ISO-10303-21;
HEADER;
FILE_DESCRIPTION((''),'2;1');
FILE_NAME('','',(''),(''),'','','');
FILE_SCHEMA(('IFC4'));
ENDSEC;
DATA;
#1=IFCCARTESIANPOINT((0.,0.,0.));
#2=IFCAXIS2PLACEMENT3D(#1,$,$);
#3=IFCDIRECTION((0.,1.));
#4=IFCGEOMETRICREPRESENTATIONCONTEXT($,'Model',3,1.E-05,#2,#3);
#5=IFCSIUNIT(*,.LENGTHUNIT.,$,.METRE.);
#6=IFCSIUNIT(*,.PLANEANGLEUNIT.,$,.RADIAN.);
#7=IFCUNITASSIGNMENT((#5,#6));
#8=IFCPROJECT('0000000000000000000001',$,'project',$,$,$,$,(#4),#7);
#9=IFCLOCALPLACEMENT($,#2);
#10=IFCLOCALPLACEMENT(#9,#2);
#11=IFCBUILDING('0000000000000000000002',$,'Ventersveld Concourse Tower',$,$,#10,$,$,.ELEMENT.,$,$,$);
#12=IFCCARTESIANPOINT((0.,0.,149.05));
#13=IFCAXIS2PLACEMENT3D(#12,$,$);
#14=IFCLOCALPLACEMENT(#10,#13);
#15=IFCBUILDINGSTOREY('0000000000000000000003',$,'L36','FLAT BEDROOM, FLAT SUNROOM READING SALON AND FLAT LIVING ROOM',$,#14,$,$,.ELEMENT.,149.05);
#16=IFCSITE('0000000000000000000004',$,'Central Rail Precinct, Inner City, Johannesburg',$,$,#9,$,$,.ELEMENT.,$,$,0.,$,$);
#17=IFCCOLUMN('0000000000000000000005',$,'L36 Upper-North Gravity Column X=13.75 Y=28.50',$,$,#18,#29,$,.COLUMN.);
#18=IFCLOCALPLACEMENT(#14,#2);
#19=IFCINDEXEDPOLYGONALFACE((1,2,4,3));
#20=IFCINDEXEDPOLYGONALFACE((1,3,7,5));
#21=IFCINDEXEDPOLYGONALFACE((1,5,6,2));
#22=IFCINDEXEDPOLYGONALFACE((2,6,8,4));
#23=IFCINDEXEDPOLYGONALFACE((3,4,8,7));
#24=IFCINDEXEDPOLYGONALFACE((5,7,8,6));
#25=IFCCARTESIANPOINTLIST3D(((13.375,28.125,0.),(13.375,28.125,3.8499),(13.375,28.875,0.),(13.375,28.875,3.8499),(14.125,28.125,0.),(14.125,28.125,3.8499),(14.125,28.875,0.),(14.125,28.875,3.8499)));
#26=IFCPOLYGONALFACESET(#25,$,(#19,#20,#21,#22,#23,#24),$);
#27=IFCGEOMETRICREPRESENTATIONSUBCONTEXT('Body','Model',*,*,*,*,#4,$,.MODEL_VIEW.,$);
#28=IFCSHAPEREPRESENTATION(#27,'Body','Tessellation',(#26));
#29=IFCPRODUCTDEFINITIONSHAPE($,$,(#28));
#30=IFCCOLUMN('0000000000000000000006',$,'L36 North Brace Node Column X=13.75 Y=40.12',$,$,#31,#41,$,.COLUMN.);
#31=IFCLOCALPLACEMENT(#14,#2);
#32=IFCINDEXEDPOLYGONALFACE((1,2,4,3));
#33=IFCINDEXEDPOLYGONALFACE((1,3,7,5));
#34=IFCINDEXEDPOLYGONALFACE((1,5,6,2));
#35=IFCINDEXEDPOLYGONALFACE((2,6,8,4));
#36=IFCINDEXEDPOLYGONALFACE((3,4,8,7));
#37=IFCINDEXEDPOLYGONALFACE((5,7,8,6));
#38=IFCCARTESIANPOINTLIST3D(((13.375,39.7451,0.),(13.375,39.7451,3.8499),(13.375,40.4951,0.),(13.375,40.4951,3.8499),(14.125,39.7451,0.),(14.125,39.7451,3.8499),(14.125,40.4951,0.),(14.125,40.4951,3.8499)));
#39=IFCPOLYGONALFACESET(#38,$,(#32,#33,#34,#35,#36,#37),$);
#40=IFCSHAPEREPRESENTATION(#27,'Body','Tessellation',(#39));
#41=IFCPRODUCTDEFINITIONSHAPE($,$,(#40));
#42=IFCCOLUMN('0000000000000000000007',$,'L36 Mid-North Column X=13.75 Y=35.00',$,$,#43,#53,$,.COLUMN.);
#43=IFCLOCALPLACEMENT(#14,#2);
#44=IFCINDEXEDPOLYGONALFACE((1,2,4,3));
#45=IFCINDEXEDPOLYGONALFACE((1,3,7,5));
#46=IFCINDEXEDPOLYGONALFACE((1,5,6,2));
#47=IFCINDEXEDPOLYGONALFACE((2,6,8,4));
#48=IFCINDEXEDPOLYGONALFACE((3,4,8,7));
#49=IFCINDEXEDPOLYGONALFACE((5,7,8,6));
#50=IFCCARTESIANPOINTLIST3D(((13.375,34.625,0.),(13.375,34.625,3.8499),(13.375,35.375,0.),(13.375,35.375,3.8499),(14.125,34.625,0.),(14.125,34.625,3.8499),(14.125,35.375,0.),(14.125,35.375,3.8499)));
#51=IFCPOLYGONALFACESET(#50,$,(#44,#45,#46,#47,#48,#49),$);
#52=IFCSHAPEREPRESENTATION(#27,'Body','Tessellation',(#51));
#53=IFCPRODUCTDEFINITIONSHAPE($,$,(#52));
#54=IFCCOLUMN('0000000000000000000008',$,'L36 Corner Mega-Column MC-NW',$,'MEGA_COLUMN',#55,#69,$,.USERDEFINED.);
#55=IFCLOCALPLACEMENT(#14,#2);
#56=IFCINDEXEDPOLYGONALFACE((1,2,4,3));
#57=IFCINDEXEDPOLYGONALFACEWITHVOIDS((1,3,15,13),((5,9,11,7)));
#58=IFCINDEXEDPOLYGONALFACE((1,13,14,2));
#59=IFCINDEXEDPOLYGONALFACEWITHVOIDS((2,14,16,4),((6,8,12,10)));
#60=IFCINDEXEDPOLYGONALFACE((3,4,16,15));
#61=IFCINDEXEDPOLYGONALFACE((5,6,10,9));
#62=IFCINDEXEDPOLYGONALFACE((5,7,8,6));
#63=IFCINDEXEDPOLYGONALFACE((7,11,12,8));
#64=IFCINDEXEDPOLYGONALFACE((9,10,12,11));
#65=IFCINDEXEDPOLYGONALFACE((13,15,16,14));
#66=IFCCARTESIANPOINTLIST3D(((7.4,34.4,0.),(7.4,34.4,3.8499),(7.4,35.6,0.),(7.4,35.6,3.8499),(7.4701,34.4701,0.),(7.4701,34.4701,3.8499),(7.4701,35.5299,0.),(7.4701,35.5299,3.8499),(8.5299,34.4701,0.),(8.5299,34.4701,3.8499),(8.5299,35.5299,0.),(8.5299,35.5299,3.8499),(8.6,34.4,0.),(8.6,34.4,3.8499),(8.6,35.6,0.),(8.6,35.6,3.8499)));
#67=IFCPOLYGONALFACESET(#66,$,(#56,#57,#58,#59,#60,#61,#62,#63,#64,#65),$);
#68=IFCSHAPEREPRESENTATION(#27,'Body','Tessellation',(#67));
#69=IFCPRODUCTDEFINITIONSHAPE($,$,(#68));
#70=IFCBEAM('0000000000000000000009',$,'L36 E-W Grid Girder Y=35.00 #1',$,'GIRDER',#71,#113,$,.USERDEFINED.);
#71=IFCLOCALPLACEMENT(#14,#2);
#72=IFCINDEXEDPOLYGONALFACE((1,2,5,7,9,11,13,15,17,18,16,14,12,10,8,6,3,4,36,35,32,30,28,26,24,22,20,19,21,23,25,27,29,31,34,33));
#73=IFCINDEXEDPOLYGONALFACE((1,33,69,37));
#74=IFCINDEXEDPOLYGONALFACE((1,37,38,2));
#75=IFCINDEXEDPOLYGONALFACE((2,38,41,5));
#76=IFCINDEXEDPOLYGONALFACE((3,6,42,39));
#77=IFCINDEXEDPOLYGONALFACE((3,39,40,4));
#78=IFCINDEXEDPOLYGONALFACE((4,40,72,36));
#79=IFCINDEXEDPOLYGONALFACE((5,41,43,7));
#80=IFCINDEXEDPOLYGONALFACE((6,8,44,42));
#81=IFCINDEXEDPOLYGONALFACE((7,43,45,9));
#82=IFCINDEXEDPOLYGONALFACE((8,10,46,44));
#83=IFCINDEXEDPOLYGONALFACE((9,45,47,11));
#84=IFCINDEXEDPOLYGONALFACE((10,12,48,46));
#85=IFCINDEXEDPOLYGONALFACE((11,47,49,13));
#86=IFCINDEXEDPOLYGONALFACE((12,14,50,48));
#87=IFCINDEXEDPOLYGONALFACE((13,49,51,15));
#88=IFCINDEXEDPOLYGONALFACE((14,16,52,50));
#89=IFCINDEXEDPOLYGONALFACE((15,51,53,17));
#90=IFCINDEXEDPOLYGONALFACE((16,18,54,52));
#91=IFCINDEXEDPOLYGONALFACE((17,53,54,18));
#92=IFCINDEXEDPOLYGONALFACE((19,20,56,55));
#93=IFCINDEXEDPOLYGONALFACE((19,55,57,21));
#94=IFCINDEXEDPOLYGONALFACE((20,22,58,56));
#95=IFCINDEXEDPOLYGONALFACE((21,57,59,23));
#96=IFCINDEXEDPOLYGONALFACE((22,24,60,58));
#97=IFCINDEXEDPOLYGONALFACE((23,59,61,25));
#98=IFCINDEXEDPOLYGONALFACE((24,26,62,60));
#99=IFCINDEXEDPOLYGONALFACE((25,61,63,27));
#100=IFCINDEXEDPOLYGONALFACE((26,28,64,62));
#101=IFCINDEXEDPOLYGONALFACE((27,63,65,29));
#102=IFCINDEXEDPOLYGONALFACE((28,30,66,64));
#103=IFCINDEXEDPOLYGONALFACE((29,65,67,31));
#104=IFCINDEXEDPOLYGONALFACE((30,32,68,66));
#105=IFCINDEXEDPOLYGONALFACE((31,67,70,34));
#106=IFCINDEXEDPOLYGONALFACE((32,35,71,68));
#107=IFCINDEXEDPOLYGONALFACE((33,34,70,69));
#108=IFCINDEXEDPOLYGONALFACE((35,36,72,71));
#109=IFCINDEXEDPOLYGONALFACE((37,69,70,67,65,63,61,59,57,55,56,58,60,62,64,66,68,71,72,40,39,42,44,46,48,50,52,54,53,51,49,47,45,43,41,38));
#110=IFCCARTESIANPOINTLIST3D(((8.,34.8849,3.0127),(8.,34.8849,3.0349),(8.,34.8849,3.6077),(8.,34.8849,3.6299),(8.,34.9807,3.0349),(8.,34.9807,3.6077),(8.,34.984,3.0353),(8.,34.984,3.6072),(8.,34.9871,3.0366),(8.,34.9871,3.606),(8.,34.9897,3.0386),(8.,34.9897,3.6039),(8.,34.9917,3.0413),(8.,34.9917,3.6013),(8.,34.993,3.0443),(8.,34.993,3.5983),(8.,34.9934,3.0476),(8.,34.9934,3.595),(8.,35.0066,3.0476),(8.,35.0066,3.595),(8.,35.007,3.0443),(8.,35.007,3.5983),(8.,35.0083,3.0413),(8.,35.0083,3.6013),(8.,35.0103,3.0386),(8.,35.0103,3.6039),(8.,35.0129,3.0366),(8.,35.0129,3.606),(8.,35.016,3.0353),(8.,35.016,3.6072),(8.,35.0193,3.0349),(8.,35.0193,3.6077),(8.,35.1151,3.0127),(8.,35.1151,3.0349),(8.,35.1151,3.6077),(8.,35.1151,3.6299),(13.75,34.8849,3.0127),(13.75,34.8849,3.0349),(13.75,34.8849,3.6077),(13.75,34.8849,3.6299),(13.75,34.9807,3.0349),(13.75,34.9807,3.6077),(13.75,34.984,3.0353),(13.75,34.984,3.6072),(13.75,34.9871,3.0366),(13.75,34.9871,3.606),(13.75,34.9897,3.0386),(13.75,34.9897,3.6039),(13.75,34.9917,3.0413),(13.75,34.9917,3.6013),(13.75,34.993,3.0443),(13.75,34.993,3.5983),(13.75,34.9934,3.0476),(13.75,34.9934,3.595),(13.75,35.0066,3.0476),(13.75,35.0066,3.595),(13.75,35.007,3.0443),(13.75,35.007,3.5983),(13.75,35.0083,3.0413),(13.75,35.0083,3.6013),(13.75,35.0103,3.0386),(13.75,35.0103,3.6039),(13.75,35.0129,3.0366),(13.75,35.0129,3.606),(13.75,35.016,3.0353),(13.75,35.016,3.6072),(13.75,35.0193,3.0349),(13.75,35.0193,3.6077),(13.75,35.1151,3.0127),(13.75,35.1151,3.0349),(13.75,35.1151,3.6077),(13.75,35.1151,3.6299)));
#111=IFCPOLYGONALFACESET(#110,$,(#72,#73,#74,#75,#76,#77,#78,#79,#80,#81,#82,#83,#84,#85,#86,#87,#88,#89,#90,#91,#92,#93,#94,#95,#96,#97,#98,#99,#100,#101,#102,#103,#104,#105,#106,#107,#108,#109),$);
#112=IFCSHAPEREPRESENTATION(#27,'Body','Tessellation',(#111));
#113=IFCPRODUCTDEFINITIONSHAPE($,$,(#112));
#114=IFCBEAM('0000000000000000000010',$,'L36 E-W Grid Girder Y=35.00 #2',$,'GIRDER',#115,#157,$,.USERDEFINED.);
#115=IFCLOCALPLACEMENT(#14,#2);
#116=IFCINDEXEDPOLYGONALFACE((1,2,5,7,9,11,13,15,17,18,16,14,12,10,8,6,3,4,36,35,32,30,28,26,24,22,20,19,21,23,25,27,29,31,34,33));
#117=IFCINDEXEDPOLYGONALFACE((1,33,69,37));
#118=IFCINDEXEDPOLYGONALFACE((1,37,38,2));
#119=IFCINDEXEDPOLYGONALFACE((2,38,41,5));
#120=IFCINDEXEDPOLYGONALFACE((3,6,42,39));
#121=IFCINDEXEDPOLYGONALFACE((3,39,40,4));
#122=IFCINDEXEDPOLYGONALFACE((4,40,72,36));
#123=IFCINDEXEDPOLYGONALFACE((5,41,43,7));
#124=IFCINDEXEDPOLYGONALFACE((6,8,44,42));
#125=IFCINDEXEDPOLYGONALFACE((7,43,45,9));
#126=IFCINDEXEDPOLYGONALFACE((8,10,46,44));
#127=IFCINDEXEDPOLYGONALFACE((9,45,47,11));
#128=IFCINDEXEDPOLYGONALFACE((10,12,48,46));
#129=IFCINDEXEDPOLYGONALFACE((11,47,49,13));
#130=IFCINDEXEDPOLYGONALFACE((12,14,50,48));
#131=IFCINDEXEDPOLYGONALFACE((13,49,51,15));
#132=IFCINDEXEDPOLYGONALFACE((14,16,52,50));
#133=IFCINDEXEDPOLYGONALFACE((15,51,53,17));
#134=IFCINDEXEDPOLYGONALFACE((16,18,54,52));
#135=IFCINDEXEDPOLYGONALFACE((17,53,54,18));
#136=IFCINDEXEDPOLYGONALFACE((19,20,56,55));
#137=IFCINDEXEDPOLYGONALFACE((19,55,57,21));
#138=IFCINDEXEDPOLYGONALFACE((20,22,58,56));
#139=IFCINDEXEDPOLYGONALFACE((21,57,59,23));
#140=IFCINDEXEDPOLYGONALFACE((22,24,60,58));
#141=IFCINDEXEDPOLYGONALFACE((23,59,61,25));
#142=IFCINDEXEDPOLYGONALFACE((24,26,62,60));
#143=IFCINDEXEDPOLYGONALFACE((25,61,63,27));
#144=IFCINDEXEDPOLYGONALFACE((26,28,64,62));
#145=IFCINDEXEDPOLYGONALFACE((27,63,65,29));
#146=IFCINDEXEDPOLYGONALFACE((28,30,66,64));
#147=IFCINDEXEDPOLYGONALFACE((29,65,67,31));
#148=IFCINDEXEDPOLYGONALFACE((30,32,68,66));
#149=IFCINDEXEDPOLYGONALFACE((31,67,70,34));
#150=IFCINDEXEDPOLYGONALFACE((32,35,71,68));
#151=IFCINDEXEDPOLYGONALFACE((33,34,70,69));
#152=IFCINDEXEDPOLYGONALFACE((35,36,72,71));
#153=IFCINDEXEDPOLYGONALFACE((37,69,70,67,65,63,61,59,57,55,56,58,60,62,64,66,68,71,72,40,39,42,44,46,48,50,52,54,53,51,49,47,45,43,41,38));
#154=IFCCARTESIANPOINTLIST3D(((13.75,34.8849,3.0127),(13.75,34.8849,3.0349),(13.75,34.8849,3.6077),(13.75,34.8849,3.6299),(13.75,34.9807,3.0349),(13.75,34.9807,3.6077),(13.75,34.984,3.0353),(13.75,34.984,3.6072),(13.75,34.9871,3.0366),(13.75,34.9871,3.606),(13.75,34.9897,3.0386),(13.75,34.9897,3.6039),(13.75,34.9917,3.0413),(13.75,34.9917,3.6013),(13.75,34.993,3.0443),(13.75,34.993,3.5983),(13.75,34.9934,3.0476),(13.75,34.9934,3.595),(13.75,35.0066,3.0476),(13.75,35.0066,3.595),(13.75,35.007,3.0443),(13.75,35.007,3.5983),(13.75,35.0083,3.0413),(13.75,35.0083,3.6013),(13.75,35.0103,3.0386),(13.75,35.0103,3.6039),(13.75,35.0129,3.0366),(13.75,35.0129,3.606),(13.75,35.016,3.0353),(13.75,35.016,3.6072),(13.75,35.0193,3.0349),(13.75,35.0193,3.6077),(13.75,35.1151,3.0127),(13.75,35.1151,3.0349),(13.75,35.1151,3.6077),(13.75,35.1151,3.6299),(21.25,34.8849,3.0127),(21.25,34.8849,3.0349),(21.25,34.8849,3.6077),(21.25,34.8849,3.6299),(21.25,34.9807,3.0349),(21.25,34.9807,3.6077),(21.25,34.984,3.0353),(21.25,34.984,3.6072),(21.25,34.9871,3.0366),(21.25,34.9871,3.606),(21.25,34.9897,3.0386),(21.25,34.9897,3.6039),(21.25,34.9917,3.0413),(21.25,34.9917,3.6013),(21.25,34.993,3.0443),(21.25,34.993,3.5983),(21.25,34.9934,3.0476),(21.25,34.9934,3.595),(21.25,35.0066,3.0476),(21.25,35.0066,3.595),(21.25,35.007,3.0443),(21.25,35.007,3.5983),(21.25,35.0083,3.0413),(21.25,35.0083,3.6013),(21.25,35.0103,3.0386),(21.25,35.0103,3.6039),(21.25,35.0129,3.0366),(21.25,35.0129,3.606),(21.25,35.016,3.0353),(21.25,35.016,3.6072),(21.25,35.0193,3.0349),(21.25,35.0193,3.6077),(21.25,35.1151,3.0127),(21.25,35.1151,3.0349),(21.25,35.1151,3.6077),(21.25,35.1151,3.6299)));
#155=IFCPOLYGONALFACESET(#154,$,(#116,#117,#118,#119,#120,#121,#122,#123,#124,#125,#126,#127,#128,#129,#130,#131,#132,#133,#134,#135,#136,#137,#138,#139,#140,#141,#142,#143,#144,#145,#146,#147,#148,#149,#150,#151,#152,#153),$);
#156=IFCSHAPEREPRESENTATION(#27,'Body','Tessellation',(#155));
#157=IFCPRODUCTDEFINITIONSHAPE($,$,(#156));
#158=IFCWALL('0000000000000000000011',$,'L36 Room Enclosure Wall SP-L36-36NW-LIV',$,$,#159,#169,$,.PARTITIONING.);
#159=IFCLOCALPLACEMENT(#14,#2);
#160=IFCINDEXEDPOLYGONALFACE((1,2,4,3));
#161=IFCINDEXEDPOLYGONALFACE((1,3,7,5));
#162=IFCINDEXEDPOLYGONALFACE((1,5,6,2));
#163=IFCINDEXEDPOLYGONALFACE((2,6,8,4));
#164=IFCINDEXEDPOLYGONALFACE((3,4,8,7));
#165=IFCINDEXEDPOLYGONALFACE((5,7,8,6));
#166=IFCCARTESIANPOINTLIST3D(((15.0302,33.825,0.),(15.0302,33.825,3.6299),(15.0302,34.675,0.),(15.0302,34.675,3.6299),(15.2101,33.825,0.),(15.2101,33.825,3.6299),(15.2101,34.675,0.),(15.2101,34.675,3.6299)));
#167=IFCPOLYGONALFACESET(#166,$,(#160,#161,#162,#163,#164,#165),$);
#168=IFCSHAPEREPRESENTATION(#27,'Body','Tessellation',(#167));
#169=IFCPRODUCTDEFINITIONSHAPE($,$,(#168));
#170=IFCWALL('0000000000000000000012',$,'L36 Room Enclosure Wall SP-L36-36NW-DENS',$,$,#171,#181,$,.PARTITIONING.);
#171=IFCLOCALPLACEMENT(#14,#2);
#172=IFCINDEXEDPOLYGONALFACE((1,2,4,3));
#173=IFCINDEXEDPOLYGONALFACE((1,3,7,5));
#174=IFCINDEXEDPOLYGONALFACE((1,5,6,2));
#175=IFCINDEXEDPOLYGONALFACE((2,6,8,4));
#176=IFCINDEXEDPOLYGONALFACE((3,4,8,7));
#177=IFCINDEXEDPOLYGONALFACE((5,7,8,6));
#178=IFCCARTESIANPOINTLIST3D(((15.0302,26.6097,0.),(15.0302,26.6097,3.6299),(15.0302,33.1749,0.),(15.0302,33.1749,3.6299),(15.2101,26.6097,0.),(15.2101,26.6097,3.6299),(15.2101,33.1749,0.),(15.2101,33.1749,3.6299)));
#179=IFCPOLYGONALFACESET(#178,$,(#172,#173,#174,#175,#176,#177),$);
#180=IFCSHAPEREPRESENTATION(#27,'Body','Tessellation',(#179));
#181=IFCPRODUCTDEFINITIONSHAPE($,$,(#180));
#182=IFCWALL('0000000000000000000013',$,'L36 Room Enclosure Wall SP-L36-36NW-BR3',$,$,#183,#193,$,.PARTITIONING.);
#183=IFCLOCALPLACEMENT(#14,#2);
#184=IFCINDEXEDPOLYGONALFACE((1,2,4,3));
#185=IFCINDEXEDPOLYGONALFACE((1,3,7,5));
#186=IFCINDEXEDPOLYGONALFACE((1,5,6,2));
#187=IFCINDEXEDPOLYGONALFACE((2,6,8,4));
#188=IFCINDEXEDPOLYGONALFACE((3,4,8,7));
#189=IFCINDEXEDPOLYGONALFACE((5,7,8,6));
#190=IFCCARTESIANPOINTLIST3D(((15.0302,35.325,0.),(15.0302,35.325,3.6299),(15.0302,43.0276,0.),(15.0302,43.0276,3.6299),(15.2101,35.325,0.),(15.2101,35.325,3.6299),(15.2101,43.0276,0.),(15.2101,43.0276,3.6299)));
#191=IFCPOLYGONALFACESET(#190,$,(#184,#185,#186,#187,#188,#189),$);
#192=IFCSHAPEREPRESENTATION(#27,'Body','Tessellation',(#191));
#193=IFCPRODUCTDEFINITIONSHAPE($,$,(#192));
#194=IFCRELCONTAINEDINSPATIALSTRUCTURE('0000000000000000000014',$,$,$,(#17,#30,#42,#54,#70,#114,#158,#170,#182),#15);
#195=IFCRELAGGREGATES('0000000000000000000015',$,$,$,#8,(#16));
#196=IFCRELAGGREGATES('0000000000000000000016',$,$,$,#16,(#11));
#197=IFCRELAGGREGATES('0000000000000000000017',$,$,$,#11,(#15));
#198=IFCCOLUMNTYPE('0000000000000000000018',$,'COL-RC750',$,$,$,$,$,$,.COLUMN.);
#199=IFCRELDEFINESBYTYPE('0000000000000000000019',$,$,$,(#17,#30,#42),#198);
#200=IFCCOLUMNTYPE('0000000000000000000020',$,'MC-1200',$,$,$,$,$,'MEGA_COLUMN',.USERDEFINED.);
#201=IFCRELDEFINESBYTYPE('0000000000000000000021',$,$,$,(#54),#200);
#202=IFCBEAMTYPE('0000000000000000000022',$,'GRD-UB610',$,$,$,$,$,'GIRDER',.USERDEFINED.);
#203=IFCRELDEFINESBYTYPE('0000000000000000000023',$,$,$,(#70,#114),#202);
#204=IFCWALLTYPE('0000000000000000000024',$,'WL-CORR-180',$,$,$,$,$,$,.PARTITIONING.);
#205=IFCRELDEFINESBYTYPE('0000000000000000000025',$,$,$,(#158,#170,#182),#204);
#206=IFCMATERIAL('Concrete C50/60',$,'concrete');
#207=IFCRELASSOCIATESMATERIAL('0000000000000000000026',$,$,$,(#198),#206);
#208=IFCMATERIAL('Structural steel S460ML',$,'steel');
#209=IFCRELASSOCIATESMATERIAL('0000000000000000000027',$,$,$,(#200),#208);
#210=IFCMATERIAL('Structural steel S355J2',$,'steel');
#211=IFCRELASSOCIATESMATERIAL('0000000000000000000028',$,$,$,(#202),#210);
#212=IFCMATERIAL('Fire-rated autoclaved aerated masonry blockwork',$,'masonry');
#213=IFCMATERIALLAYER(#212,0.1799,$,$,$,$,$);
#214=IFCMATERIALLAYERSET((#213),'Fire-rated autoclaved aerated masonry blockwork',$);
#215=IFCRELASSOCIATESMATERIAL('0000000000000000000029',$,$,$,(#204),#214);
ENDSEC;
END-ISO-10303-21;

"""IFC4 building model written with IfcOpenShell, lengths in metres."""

from ifc_helpers import new_model, si_unit, direction, frame, frame_2d, origin, origin_2d, place, context, subcontext, project, spatial, rectangle, hollow_rectangle, i_section, extrude, material, layer, layer_set, material_profile, profile_set, type_object, element, save


model = new_model("IFC4")

# Units and contexts
model_context = context("Model", 3, precision=1e-05, world=origin(), true_north=direction((0.0, 1.0)))
body_context = subcontext(model_context, "Body", "Model", "MODEL_VIEW")
ifc_project = project(units=[si_unit("LENGTHUNIT", "METRE"), si_unit("PLANEANGLEUNIT", "RADIAN")], contexts=[model_context])

# Site, building, storey
site_placement = place(None, origin())
site = spatial("IfcSite", under=ifc_project, at=site_placement, Name="Central Rail Precinct, Inner City, Johannesburg", CompositionType="ELEMENT", RefElevation=0.0)
building_placement = place(site_placement, origin())
building = spatial("IfcBuilding", under=site, at=building_placement, Name="Ventersveld Concourse Tower", CompositionType="ELEMENT")
storey_placement = place(building_placement, frame((0.0, 0.0, 149.05)))
storey = spatial("IfcBuildingStorey", under=building, at=storey_placement, Name="L36", Description="FLAT BEDROOM, FLAT SUNROOM READING SALON AND FLAT LIVING ROOM", CompositionType="ELEMENT", Elevation=149.05)

# Columns
ifc_material_1 = material(Name="Concrete C50/60", Category="concrete")
ifc_material_profile_1 = material_profile(ifc_material_1, rectangle(XDim=0.75, YDim=0.75, at=origin_2d()), Name="RC 750x750")
ifc_profile_set_1 = profile_set([ifc_material_profile_1], Name="Concrete C50/60")
column_type_1 = type_object("IfcColumnType", Name="COL-RC750", PredefinedType="COLUMN", material=ifc_profile_set_1)
for number, where, z_axis, x_axis, name in (
    (1, (13.75, 28.5, 0.0), (0.0, 0.0, 1.0), (1.0, 0.0, 0.0), "L36 Upper-North Gravity Column X=13.75 Y=28.50"),
    (2, (13.75, 40.1201, 0.0), (0.0, 0.0, 1.0), (1.0, 0.0, 0.0), "L36 North Brace Node Column X=13.75 Y=40.12"),
    (3, (13.75, 35.0, 0.0), (0.0, 0.0, 1.0), (1.0, 0.0, 0.0), "L36 Mid-North Column X=13.75 Y=35.00"),
):
    element("IfcColumn", number, at=place(storey_placement, frame(where, z_axis=z_axis, x_axis=x_axis)), inside=storey, type_object=column_type_1, Name=name, PredefinedType="COLUMN", context=body_context, shape_type="SweptSolid", body=[
        extrude(rectangle(XDim=0.75, YDim=0.75, at=origin_2d()), origin(), (0.0, 0.0, 1.0), 3.8499),
    ])
ifc_material_2 = material(Name="Structural steel S460ML", Category="steel")
ifc_material_profile_2 = material_profile(ifc_material_2, hollow_rectangle(XDim=1.2, YDim=1.2, WallThickness=0.0701, at=origin_2d()), Name="BOX 1200x1200x70")
ifc_profile_set_2 = profile_set([ifc_material_profile_2], Name="Structural steel S460ML")
column_type_2 = type_object("IfcColumnType", Name="MC-1200", ElementType="MEGA_COLUMN", PredefinedType="USERDEFINED", material=ifc_profile_set_2)
column_placement = place(storey_placement, frame((8.0, 35.0, 0.0), z_axis=(0.0, 0.0, 1.0), x_axis=(1.0, 0.0, 0.0)))
element("IfcColumn", 4, at=column_placement, inside=storey, type_object=column_type_2, Name="L36 Corner Mega-Column MC-NW", ObjectType="MEGA_COLUMN", PredefinedType="USERDEFINED", context=body_context, shape_type="SweptSolid", body=[
    extrude(hollow_rectangle(XDim=1.2, YDim=1.2, WallThickness=0.0701, at=origin_2d()), origin(), (0.0, 0.0, 1.0), 3.8499),
])

# Beams
ifc_material_3 = material(Name="Structural steel S355J2", Category="steel")
ifc_material_profile_3 = material_profile(ifc_material_3, i_section(OverallWidth=0.2302, OverallDepth=0.6172, WebThickness=0.0132, FlangeThickness=0.0222, FilletRadius=0.0127, at=origin_2d()), Name="UB 610x229x140")
ifc_profile_set_3 = profile_set([ifc_material_profile_3], Name="Structural steel S355J2")
beam_type = type_object("IfcBeamType", Name="GRD-UB610", ElementType="GIRDER", PredefinedType="USERDEFINED", material=ifc_profile_set_3)
beam_1_placement = place(storey_placement, frame((8.0, 35.0, 3.3213), z_axis=(1.0, 0.0, 0.0), x_axis=(0.0, 1.0, 0.0)))
element("IfcBeam", 5, at=beam_1_placement, inside=storey, type_object=beam_type, Name="L36 E-W Grid Girder Y=35.00 #1", ObjectType="GIRDER", PredefinedType="USERDEFINED", context=body_context, shape_type="SweptSolid", body=[
    extrude(i_section(OverallWidth=0.2302, OverallDepth=0.6172, WebThickness=0.0132, FlangeThickness=0.0222, FilletRadius=0.0127, at=origin_2d()), origin(), (0.0, 0.0, 1.0), 5.75),
])
beam_2_placement = place(storey_placement, frame((13.75, 35.0, 3.3213), z_axis=(1.0, 0.0, 0.0), x_axis=(0.0, 1.0, 0.0)))
element("IfcBeam", 6, at=beam_2_placement, inside=storey, type_object=beam_type, Name="L36 E-W Grid Girder Y=35.00 #2", ObjectType="GIRDER", PredefinedType="USERDEFINED", context=body_context, shape_type="SweptSolid", body=[
    extrude(i_section(OverallWidth=0.2302, OverallDepth=0.6172, WebThickness=0.0132, FlangeThickness=0.0222, FilletRadius=0.0127, at=origin_2d()), origin(), (0.0, 0.0, 1.0), 7.5),
])

# Walls
ifc_material_4 = material(Name="Fire-rated autoclaved aerated masonry blockwork", Category="masonry")
ifc_layer_1 = layer(ifc_material_4, 0.1799)
ifc_layer_set_1 = layer_set([ifc_layer_1], Name="Fire-rated autoclaved aerated masonry blockwork")
wall_type_1 = type_object("IfcWallType", Name="WL-CORR-180", PredefinedType="PARTITIONING", material=ifc_layer_set_1)
wall_1_placement = place(storey_placement, frame((15.1201, 34.675, 0.0), z_axis=(0.0, 0.0, 1.0), x_axis=(0.0, -1.0, 0.0)))
element("IfcWall", 7, at=wall_1_placement, inside=storey, type_object=wall_type_1, Name="L36 Room Enclosure Wall SP-L36-36NW-LIV", PredefinedType="PARTITIONING", context=body_context, shape_type="SweptSolid", body=[
    extrude(rectangle(XDim=0.8501, YDim=0.1799, at=frame_2d((0.425, 0.0))), origin(), (0.0, 0.0, 1.0), 3.6299),
])
wall_2_placement = place(storey_placement, frame((15.1201, 33.175, 0.0), z_axis=(0.0, 0.0, 1.0), x_axis=(0.0, -1.0, 0.0)))
element("IfcWall", 8, at=wall_2_placement, inside=storey, type_object=wall_type_1, Name="L36 Room Enclosure Wall SP-L36-36NW-DENS", PredefinedType="PARTITIONING", context=body_context, shape_type="SweptSolid", body=[
    extrude(rectangle(XDim=6.5652, YDim=0.1799, at=frame_2d((3.2827, 0.0))), origin(), (0.0, 0.0, 1.0), 3.6299),
])
wall_3_placement = place(storey_placement, frame((15.1201, 43.0276, 0.0), z_axis=(0.0, 0.0, 1.0), x_axis=(0.0, -1.0, 0.0)))
element("IfcWall", 9, at=wall_3_placement, inside=storey, type_object=wall_type_1, Name="L36 Room Enclosure Wall SP-L36-36NW-BR3", PredefinedType="PARTITIONING", context=body_context, shape_type="SweptSolid", body=[
    extrude(rectangle(XDim=7.7026, YDim=0.1799, at=frame_2d((3.8513, 0.0))), origin(), (0.0, 0.0, 1.0), 3.6299),
])

save(model, "model.ifc")
